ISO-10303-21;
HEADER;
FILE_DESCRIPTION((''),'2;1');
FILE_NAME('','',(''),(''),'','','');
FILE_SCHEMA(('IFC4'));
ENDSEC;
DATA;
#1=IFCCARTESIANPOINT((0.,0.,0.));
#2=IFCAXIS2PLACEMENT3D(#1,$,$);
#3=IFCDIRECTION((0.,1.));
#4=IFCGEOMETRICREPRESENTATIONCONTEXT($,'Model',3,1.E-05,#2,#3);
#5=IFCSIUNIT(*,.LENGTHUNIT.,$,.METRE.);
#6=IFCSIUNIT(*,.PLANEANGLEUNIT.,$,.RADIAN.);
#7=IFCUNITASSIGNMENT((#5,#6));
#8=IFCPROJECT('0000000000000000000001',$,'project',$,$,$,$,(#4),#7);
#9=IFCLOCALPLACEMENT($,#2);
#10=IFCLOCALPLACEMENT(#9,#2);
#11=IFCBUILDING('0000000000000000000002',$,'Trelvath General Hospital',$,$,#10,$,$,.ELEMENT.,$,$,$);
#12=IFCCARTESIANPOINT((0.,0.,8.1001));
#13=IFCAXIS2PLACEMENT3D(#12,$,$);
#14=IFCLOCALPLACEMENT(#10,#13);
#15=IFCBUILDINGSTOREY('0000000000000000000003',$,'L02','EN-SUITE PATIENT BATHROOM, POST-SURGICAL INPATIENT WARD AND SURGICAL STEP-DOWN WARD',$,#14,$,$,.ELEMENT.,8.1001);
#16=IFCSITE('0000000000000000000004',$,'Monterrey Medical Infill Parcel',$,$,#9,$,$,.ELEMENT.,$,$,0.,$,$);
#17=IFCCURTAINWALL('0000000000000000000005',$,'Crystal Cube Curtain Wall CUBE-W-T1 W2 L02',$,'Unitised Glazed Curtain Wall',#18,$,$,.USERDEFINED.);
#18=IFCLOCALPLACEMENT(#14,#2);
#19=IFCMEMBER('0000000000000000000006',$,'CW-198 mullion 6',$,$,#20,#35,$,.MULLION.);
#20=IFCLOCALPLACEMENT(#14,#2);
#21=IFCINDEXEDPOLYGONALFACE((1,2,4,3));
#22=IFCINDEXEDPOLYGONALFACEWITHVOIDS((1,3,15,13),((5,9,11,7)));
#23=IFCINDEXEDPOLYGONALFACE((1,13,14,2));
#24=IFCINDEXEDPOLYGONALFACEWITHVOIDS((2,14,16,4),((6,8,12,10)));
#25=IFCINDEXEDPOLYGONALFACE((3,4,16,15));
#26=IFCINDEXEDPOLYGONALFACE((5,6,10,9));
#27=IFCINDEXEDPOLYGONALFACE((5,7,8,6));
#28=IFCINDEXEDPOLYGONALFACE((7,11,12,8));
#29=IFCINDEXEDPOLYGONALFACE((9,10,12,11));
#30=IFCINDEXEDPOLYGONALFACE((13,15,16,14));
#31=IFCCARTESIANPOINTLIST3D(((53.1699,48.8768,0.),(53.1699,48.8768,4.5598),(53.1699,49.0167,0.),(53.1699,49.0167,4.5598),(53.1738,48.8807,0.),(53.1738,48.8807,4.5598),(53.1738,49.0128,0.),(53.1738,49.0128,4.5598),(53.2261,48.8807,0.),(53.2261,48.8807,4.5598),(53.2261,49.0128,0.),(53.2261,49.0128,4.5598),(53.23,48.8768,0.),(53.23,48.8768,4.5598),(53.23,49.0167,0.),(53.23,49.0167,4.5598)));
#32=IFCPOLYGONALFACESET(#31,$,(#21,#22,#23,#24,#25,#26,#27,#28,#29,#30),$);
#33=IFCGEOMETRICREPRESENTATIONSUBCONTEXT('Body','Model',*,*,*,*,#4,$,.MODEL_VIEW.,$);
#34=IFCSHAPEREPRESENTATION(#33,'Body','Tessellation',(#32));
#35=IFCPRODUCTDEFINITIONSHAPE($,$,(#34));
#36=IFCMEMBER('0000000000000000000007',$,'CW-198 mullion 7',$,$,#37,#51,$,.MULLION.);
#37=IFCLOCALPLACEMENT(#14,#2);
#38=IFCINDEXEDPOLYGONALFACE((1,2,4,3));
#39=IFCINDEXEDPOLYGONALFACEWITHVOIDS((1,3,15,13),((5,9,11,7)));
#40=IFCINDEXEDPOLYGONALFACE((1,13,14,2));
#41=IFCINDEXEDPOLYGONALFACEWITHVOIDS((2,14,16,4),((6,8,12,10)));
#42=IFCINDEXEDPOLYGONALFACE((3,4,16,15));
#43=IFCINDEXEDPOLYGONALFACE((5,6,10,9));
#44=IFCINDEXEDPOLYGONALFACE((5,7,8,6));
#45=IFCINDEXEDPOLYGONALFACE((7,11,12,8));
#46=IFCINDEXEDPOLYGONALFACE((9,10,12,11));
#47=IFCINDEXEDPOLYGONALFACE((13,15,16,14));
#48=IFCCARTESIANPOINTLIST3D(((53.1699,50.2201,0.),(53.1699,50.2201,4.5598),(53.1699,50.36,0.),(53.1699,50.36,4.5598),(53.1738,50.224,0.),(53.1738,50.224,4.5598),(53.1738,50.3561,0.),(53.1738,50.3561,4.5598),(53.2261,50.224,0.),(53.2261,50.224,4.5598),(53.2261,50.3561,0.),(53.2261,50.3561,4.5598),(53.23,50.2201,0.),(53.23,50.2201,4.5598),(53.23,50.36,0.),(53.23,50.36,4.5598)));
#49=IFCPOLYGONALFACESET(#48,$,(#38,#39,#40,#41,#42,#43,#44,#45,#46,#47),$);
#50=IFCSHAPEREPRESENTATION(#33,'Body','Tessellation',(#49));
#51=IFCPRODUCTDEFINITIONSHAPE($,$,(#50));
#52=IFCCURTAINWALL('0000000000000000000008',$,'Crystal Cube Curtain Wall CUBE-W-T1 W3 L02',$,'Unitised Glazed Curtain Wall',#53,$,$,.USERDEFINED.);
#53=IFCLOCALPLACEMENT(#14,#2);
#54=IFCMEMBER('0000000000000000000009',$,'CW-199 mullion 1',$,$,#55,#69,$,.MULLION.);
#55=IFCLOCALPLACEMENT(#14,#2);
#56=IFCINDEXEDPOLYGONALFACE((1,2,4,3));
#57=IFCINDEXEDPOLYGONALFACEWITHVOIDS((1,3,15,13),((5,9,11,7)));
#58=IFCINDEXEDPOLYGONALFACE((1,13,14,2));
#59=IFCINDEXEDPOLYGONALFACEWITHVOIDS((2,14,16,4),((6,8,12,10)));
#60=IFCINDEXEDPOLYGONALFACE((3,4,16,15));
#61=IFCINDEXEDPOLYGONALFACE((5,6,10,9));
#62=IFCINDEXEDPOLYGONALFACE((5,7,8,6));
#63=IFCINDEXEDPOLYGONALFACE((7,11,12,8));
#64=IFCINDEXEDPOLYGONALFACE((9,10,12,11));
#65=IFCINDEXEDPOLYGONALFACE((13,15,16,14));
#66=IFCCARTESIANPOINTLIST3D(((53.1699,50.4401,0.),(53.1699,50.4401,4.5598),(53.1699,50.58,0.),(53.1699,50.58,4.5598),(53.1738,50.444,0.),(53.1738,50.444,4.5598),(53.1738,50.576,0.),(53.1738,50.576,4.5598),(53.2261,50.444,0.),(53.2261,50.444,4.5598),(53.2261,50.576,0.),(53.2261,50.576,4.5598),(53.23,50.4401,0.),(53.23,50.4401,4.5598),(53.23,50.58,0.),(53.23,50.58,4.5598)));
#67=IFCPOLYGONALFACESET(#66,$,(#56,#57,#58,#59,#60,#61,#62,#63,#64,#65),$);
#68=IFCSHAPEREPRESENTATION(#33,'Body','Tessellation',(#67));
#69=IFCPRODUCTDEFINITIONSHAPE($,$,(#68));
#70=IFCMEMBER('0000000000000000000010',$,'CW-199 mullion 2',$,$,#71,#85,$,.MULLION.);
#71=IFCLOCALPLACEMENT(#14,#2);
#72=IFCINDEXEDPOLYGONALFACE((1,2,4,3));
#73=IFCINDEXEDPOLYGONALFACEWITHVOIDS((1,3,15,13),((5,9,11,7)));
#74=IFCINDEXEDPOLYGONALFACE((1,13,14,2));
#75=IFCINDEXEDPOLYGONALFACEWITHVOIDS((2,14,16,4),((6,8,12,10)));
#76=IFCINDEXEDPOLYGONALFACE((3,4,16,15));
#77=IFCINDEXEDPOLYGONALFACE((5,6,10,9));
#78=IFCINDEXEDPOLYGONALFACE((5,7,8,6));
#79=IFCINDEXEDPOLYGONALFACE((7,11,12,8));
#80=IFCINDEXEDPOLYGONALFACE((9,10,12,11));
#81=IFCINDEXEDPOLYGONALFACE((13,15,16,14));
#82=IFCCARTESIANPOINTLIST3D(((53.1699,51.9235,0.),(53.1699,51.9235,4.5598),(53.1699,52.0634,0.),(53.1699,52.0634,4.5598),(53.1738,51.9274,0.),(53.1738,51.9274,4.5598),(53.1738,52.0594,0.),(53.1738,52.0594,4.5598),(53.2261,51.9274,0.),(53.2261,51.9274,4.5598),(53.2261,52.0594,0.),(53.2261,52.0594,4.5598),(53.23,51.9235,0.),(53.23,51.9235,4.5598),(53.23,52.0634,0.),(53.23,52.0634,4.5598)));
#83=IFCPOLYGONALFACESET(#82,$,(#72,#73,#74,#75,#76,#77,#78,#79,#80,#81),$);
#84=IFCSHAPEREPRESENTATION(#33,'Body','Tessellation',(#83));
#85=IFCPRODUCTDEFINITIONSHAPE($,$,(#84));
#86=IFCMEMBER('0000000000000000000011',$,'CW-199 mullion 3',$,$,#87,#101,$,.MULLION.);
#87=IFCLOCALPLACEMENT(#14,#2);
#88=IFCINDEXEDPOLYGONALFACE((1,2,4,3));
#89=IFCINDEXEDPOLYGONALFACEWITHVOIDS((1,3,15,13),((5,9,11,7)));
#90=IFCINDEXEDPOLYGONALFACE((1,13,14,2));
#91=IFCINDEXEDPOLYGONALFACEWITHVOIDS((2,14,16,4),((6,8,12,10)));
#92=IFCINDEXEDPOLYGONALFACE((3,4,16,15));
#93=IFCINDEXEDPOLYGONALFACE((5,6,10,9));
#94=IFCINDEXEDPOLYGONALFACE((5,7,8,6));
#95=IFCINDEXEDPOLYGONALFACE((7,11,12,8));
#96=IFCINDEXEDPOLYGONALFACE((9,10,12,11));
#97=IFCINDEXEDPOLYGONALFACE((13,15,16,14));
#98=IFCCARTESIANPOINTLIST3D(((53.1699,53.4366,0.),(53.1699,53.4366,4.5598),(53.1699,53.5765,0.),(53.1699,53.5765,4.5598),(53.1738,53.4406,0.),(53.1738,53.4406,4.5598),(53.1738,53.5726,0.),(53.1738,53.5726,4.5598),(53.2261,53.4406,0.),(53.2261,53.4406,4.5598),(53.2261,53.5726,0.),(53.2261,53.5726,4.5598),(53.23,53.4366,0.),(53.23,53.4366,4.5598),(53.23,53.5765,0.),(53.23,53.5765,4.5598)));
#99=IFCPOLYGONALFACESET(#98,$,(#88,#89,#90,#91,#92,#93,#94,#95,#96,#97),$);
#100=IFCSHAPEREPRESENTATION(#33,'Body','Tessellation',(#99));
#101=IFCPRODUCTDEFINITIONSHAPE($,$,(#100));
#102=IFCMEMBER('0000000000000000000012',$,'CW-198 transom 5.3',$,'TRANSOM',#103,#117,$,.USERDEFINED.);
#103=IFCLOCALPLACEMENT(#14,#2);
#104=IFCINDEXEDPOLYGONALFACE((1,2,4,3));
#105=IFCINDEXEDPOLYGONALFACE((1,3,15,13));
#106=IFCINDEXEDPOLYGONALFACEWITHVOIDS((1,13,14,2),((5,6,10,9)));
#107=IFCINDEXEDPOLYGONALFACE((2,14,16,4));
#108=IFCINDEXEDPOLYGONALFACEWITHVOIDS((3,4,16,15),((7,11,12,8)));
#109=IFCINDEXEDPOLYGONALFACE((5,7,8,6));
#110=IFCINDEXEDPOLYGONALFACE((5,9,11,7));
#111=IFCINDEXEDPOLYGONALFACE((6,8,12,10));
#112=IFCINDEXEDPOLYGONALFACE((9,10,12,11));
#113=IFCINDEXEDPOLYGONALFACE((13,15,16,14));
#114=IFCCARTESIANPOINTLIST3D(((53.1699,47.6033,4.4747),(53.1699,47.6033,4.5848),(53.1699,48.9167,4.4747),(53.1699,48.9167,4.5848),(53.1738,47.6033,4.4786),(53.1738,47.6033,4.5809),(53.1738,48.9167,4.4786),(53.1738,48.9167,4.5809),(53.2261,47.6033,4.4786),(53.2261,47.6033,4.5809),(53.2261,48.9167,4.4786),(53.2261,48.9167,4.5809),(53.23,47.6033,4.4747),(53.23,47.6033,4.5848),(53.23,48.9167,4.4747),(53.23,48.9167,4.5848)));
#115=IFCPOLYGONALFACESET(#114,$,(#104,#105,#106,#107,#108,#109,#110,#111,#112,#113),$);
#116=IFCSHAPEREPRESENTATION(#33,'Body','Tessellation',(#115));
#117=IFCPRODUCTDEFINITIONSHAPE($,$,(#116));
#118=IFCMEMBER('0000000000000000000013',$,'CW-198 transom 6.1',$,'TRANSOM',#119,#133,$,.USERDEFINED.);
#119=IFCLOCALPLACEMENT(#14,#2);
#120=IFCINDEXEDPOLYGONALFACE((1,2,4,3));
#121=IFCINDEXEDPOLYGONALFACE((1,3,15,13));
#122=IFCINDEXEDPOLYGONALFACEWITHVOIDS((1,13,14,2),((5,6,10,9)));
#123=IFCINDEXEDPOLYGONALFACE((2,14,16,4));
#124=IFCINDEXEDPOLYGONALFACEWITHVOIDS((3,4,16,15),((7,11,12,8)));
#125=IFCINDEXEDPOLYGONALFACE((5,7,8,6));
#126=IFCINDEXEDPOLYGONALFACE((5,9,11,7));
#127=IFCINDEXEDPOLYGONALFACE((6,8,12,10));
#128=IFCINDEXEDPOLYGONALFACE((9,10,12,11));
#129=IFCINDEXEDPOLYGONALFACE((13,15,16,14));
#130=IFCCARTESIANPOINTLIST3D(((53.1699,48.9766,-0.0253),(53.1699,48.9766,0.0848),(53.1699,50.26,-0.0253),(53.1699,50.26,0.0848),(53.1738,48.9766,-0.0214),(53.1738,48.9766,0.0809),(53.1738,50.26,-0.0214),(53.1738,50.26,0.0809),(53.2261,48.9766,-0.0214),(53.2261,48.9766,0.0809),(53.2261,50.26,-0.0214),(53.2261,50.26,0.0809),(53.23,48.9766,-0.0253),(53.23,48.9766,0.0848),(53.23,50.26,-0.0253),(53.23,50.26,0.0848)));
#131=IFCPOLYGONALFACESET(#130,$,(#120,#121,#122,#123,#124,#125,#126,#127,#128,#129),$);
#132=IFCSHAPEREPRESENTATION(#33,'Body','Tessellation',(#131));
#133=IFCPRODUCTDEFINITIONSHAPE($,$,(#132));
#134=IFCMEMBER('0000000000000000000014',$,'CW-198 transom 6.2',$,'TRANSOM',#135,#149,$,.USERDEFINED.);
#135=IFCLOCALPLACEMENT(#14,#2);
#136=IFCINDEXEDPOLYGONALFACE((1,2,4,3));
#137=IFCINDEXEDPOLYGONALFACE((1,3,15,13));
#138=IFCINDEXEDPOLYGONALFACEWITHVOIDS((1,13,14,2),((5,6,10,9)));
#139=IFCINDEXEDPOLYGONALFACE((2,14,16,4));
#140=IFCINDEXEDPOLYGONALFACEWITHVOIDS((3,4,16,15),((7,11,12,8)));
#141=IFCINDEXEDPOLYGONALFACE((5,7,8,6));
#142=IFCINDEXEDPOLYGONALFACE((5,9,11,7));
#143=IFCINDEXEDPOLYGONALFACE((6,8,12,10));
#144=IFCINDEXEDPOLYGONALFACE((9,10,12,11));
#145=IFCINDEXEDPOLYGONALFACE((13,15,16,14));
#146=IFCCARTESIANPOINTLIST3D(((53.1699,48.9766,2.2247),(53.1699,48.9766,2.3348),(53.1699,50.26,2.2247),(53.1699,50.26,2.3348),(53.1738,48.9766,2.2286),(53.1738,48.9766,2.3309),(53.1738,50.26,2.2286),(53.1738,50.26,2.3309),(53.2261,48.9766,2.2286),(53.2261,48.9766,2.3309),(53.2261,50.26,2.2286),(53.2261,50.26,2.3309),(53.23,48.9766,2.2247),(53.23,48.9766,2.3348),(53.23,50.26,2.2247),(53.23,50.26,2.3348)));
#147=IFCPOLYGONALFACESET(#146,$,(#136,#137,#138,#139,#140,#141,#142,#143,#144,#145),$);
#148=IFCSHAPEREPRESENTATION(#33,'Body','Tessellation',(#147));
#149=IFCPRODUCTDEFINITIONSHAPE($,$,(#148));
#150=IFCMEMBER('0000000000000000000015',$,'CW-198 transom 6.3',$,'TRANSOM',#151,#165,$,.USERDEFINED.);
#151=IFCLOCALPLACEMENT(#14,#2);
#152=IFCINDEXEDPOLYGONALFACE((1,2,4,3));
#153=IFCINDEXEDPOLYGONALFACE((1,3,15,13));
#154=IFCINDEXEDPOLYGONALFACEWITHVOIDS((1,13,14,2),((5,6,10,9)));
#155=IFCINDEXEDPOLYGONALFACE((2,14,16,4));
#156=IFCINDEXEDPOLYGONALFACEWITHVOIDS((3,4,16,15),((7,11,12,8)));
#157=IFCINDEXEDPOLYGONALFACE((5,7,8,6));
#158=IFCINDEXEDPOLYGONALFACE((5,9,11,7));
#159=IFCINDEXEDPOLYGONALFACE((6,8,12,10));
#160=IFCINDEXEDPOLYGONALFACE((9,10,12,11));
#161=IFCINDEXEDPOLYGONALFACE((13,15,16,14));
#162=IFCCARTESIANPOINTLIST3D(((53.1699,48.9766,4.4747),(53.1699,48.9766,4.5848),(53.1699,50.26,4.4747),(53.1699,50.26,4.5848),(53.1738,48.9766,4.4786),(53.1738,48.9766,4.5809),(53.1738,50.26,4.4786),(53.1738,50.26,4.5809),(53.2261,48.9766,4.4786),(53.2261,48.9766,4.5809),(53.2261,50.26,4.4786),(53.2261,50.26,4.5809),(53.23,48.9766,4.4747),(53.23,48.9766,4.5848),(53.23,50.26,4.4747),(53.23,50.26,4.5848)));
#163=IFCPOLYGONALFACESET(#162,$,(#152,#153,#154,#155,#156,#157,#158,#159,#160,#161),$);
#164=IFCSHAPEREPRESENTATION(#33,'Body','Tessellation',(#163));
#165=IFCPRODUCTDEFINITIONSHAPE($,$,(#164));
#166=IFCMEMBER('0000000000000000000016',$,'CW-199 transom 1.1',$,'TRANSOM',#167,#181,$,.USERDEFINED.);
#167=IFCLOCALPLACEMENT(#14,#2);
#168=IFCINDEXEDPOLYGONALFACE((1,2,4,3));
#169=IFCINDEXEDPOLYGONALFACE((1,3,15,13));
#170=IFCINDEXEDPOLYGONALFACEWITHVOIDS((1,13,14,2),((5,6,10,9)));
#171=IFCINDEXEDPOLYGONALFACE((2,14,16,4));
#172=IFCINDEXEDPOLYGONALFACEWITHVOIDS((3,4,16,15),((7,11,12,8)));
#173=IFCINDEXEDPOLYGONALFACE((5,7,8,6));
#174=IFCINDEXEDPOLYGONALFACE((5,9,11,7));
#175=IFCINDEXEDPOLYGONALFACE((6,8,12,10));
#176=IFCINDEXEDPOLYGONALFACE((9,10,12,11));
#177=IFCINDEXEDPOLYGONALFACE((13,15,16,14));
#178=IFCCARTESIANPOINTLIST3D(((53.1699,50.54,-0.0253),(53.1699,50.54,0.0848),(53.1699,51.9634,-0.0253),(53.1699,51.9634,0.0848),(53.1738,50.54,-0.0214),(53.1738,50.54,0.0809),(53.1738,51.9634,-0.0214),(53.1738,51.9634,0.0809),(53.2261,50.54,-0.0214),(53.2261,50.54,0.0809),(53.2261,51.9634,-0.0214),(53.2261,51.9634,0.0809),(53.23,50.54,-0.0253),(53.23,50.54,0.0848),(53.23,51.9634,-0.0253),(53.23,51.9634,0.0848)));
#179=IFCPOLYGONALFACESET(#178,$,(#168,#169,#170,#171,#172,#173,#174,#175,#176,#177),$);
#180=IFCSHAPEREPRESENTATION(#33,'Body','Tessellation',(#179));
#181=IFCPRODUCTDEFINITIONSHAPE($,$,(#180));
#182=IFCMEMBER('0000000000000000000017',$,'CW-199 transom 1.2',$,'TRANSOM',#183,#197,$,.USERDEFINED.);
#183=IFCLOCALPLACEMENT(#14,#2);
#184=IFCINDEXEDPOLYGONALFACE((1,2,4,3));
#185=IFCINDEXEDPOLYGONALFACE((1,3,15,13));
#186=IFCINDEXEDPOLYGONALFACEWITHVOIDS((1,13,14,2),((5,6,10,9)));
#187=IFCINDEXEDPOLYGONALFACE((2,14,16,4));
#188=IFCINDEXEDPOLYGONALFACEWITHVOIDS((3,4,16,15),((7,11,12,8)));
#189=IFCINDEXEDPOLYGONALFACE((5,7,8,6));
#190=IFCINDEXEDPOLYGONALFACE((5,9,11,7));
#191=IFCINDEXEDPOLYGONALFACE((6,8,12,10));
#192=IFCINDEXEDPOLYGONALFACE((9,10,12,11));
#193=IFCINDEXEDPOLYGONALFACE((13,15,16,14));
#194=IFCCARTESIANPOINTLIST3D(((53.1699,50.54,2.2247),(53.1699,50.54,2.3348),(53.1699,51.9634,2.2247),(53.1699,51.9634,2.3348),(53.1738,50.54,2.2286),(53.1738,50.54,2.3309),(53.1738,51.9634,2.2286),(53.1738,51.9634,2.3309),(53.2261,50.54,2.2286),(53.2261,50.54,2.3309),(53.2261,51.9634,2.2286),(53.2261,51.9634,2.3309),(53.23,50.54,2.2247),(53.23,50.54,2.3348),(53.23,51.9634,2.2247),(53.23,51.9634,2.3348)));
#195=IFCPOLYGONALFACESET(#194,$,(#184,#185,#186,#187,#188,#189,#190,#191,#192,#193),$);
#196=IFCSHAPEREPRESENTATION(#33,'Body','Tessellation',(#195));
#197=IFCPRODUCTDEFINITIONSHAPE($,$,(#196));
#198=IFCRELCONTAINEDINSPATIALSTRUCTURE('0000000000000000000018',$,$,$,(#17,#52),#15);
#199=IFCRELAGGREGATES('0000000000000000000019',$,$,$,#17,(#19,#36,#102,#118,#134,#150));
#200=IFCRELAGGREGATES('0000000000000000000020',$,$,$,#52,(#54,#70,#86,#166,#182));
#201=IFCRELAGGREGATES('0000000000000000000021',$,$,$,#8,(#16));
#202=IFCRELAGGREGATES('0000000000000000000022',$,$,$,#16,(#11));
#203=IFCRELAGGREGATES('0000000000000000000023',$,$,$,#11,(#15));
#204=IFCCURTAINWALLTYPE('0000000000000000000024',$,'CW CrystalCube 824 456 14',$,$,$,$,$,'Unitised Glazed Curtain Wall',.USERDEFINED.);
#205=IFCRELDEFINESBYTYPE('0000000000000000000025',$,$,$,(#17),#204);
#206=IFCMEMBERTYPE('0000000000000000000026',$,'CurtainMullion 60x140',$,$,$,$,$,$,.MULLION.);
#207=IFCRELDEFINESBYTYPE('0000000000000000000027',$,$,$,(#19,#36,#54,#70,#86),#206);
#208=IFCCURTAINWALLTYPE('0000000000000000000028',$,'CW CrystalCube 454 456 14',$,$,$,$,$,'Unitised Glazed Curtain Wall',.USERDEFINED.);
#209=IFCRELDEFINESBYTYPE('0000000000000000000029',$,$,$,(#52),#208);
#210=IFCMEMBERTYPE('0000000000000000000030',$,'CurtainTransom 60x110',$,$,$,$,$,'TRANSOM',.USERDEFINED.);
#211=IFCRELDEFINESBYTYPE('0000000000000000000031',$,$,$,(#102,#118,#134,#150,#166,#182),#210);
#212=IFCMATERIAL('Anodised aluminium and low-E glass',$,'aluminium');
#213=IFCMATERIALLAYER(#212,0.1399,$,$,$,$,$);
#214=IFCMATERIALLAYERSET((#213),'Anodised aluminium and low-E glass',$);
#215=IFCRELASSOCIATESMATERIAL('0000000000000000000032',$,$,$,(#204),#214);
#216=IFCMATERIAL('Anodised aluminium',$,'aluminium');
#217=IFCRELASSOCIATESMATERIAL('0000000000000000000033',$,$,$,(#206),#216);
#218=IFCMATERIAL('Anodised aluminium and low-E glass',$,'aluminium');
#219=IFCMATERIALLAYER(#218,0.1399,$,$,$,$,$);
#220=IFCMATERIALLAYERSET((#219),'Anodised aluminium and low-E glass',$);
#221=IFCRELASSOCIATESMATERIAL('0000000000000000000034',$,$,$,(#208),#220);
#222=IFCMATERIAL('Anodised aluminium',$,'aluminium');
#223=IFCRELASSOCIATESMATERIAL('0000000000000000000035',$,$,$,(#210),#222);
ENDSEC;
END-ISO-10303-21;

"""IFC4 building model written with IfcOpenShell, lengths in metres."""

from ifc_helpers import new_model, si_unit, direction, frame, origin, origin_2d, place, context, subcontext, project, spatial, hollow_rectangle, extrude, material, layer, layer_set, material_profile, profile_set, type_object, element, aggregate, save


model = new_model("IFC4")

# Units and contexts
model_context = context("Model", 3, precision=1e-05, world=origin(), true_north=direction((0.0, 1.0)))
body_context = subcontext(model_context, "Body", "Model", "MODEL_VIEW")
ifc_project = project(units=[si_unit("LENGTHUNIT", "METRE"), si_unit("PLANEANGLEUNIT", "RADIAN")], contexts=[model_context])

# Site, building, storey
site_placement = place(None, origin())
site = spatial("IfcSite", under=ifc_project, at=site_placement, Name="Monterrey Medical Infill Parcel", CompositionType="ELEMENT", RefElevation=0.0)
building_placement = place(site_placement, origin())
building = spatial("IfcBuilding", under=site, at=building_placement, Name="Trelvath General Hospital", CompositionType="ELEMENT")
storey_placement = place(building_placement, frame((0.0, 0.0, 8.1001)))
storey = spatial("IfcBuildingStorey", under=building, at=storey_placement, Name="L02", Description="EN-SUITE PATIENT BATHROOM, POST-SURGICAL INPATIENT WARD AND SURGICAL STEP-DOWN WARD", CompositionType="ELEMENT", Elevation=8.1001)

# Curtain walls, members
ifc_material_1 = material(Name="Anodised aluminium and low-E glass", Category="aluminium")
ifc_layer_1 = layer(ifc_material_1, 0.1399)
ifc_layer_set_1 = layer_set([ifc_layer_1], Name="Anodised aluminium and low-E glass")
curtain_wall_type_1 = type_object("IfcCurtainWallType", Name="CW CrystalCube 824 456 14", ElementType="Unitised Glazed Curtain Wall", PredefinedType="USERDEFINED", material=ifc_layer_set_1)
curtain_wall_1_placement = place(storey_placement, origin())
curtain_wall_1 = element("IfcCurtainWall", 1, at=curtain_wall_1_placement, inside=storey, type_object=curtain_wall_type_1, Name="Crystal Cube Curtain Wall CUBE-W-T1 W2 L02", ObjectType="Unitised Glazed Curtain Wall", PredefinedType="USERDEFINED")
ifc_material_2 = material(Name="Anodised aluminium", Category="aluminium")
ifc_material_profile_1 = material_profile(ifc_material_2, hollow_rectangle(XDim=0.0601, YDim=0.1399, WallThickness=0.0039, at=origin_2d()), Name="RHS60x140x4")
ifc_profile_set_1 = profile_set([ifc_material_profile_1], Name="Anodised aluminium")
member_type_1 = type_object("IfcMemberType", Name="CurtainMullion 60x140", PredefinedType="MULLION", material=ifc_profile_set_1)
member_1_placement = place(storey_placement, frame((53.2, 48.9468, 0.0), z_axis=(0.0, 0.0, 1.0), x_axis=(-1.0, 0.0, 0.0)))
member_1 = element("IfcMember", 2, at=member_1_placement, type_object=member_type_1, Name="CW-198 mullion 6", PredefinedType="MULLION", context=body_context, shape_type="SweptSolid", body=[
    extrude(hollow_rectangle(XDim=0.0601, YDim=0.1399, WallThickness=0.0039, at=origin_2d()), origin(), (0.0, 0.0, 1.0), 4.5598),
])
member_2_placement = place(storey_placement, frame((53.2, 50.29, 0.0), z_axis=(0.0, 0.0, 1.0), x_axis=(-1.0, 0.0, 0.0)))
member_2 = element("IfcMember", 3, at=member_2_placement, type_object=member_type_1, Name="CW-198 mullion 7", PredefinedType="MULLION", context=body_context, shape_type="SweptSolid", body=[
    extrude(hollow_rectangle(XDim=0.0601, YDim=0.1399, WallThickness=0.0039, at=origin_2d()), origin(), (0.0, 0.0, 1.0), 4.5598),
])
ifc_material_3 = material(Name="Anodised aluminium and low-E glass", Category="aluminium")
ifc_layer_2 = layer(ifc_material_3, 0.1399)
ifc_layer_set_2 = layer_set([ifc_layer_2], Name="Anodised aluminium and low-E glass")
curtain_wall_type_2 = type_object("IfcCurtainWallType", Name="CW CrystalCube 454 456 14", ElementType="Unitised Glazed Curtain Wall", PredefinedType="USERDEFINED", material=ifc_layer_set_2)
curtain_wall_2_placement = place(storey_placement, origin())
curtain_wall_2 = element("IfcCurtainWall", 4, at=curtain_wall_2_placement, inside=storey, type_object=curtain_wall_type_2, Name="Crystal Cube Curtain Wall CUBE-W-T1 W3 L02", ObjectType="Unitised Glazed Curtain Wall", PredefinedType="USERDEFINED")
member_3_placement = place(storey_placement, frame((53.2, 50.51, 0.0), z_axis=(0.0, 0.0, 1.0), x_axis=(-1.0, 0.0, 0.0)))
member_3 = element("IfcMember", 5, at=member_3_placement, type_object=member_type_1, Name="CW-199 mullion 1", PredefinedType="MULLION", context=body_context, shape_type="SweptSolid", body=[
    extrude(hollow_rectangle(XDim=0.0601, YDim=0.1399, WallThickness=0.0039, at=origin_2d()), origin(), (0.0, 0.0, 1.0), 4.5598),
])
member_4_placement = place(storey_placement, frame((53.2, 51.9934, 0.0), z_axis=(0.0, 0.0, 1.0), x_axis=(-1.0, 0.0, 0.0)))
member_4 = element("IfcMember", 6, at=member_4_placement, type_object=member_type_1, Name="CW-199 mullion 2", PredefinedType="MULLION", context=body_context, shape_type="SweptSolid", body=[
    extrude(hollow_rectangle(XDim=0.0601, YDim=0.1399, WallThickness=0.0039, at=origin_2d()), origin(), (0.0, 0.0, 1.0), 4.5598),
])
member_5_placement = place(storey_placement, frame((53.2, 53.5066, 0.0), z_axis=(0.0, 0.0, 1.0), x_axis=(-1.0, 0.0, 0.0)))
member_5 = element("IfcMember", 7, at=member_5_placement, type_object=member_type_1, Name="CW-199 mullion 3", PredefinedType="MULLION", context=body_context, shape_type="SweptSolid", body=[
    extrude(hollow_rectangle(XDim=0.0601, YDim=0.1399, WallThickness=0.0039, at=origin_2d()), origin(), (0.0, 0.0, 1.0), 4.5598),
])

# Members
ifc_material_4 = material(Name="Anodised aluminium", Category="aluminium")
ifc_material_profile_2 = material_profile(ifc_material_4, hollow_rectangle(XDim=0.0601, YDim=0.1101, WallThickness=0.0039, at=origin_2d()), Name="RHS60x110x4")
ifc_profile_set_2 = profile_set([ifc_material_profile_2], Name="Anodised aluminium")
member_type_2 = type_object("IfcMemberType", Name="CurtainTransom 60x110", ElementType="TRANSOM", PredefinedType="USERDEFINED", material=ifc_profile_set_2)
member_6_placement = place(storey_placement, frame((53.2, 47.6033, 4.5298), z_axis=(0.0, 1.0, 0.0), x_axis=(-1.0, 0.0, 0.0)))
member_6 = element("IfcMember", 8, at=member_6_placement, type_object=member_type_2, Name="CW-198 transom 5.3", ObjectType="TRANSOM", PredefinedType="USERDEFINED", context=body_context, shape_type="SweptSolid", body=[
    extrude(hollow_rectangle(XDim=0.0601, YDim=0.1101, WallThickness=0.0039, at=origin_2d()), origin(), (0.0, 0.0, 1.0), 1.3135),
])
member_7_placement = place(storey_placement, frame((53.2, 48.9766, 0.0298), z_axis=(0.0, 1.0, 0.0), x_axis=(-1.0, 0.0, 0.0)))
member_7 = element("IfcMember", 9, at=member_7_placement, type_object=member_type_2, Name="CW-198 transom 6.1", ObjectType="TRANSOM", PredefinedType="USERDEFINED", context=body_context, shape_type="SweptSolid", body=[
    extrude(hollow_rectangle(XDim=0.0601, YDim=0.1101, WallThickness=0.0039, at=origin_2d()), origin(), (0.0, 0.0, 1.0), 1.2834),
])
member_8_placement = place(storey_placement, frame((53.2, 48.9766, 2.2798), z_axis=(0.0, 1.0, 0.0), x_axis=(-1.0, 0.0, 0.0)))
member_8 = element("IfcMember", 10, at=member_8_placement, type_object=member_type_2, Name="CW-198 transom 6.2", ObjectType="TRANSOM", PredefinedType="USERDEFINED", context=body_context, shape_type="SweptSolid", body=[
    extrude(hollow_rectangle(XDim=0.0601, YDim=0.1101, WallThickness=0.0039, at=origin_2d()), origin(), (0.0, 0.0, 1.0), 1.2834),
])
member_9_placement = place(storey_placement, frame((53.2, 48.9766, 4.5298), z_axis=(0.0, 1.0, 0.0), x_axis=(-1.0, 0.0, 0.0)))
member_9 = element("IfcMember", 11, at=member_9_placement, type_object=member_type_2, Name="CW-198 transom 6.3", ObjectType="TRANSOM", PredefinedType="USERDEFINED", context=body_context, shape_type="SweptSolid", body=[
    extrude(hollow_rectangle(XDim=0.0601, YDim=0.1101, WallThickness=0.0039, at=origin_2d()), origin(), (0.0, 0.0, 1.0), 1.2834),
])
member_10_placement = place(storey_placement, frame((53.2, 50.54, 0.0298), z_axis=(0.0, 1.0, 0.0), x_axis=(-1.0, 0.0, 0.0)))
member_10 = element("IfcMember", 12, at=member_10_placement, type_object=member_type_2, Name="CW-199 transom 1.1", ObjectType="TRANSOM", PredefinedType="USERDEFINED", context=body_context, shape_type="SweptSolid", body=[
    extrude(hollow_rectangle(XDim=0.0601, YDim=0.1101, WallThickness=0.0039, at=origin_2d()), origin(), (0.0, 0.0, 1.0), 1.4233),
])
member_11_placement = place(storey_placement, frame((53.2, 50.54, 2.2798), z_axis=(0.0, 1.0, 0.0), x_axis=(-1.0, 0.0, 0.0)))
member_11 = element("IfcMember", 13, at=member_11_placement, type_object=member_type_2, Name="CW-199 transom 1.2", ObjectType="TRANSOM", PredefinedType="USERDEFINED", context=body_context, shape_type="SweptSolid", body=[
    extrude(hollow_rectangle(XDim=0.0601, YDim=0.1101, WallThickness=0.0039, at=origin_2d()), origin(), (0.0, 0.0, 1.0), 1.4233),
])

aggregate(curtain_wall_1, [member_1, member_2, member_6, member_7, member_8, member_9])
aggregate(curtain_wall_2, [member_3, member_4, member_5, member_10, member_11])

save(model, "model.ifc")
